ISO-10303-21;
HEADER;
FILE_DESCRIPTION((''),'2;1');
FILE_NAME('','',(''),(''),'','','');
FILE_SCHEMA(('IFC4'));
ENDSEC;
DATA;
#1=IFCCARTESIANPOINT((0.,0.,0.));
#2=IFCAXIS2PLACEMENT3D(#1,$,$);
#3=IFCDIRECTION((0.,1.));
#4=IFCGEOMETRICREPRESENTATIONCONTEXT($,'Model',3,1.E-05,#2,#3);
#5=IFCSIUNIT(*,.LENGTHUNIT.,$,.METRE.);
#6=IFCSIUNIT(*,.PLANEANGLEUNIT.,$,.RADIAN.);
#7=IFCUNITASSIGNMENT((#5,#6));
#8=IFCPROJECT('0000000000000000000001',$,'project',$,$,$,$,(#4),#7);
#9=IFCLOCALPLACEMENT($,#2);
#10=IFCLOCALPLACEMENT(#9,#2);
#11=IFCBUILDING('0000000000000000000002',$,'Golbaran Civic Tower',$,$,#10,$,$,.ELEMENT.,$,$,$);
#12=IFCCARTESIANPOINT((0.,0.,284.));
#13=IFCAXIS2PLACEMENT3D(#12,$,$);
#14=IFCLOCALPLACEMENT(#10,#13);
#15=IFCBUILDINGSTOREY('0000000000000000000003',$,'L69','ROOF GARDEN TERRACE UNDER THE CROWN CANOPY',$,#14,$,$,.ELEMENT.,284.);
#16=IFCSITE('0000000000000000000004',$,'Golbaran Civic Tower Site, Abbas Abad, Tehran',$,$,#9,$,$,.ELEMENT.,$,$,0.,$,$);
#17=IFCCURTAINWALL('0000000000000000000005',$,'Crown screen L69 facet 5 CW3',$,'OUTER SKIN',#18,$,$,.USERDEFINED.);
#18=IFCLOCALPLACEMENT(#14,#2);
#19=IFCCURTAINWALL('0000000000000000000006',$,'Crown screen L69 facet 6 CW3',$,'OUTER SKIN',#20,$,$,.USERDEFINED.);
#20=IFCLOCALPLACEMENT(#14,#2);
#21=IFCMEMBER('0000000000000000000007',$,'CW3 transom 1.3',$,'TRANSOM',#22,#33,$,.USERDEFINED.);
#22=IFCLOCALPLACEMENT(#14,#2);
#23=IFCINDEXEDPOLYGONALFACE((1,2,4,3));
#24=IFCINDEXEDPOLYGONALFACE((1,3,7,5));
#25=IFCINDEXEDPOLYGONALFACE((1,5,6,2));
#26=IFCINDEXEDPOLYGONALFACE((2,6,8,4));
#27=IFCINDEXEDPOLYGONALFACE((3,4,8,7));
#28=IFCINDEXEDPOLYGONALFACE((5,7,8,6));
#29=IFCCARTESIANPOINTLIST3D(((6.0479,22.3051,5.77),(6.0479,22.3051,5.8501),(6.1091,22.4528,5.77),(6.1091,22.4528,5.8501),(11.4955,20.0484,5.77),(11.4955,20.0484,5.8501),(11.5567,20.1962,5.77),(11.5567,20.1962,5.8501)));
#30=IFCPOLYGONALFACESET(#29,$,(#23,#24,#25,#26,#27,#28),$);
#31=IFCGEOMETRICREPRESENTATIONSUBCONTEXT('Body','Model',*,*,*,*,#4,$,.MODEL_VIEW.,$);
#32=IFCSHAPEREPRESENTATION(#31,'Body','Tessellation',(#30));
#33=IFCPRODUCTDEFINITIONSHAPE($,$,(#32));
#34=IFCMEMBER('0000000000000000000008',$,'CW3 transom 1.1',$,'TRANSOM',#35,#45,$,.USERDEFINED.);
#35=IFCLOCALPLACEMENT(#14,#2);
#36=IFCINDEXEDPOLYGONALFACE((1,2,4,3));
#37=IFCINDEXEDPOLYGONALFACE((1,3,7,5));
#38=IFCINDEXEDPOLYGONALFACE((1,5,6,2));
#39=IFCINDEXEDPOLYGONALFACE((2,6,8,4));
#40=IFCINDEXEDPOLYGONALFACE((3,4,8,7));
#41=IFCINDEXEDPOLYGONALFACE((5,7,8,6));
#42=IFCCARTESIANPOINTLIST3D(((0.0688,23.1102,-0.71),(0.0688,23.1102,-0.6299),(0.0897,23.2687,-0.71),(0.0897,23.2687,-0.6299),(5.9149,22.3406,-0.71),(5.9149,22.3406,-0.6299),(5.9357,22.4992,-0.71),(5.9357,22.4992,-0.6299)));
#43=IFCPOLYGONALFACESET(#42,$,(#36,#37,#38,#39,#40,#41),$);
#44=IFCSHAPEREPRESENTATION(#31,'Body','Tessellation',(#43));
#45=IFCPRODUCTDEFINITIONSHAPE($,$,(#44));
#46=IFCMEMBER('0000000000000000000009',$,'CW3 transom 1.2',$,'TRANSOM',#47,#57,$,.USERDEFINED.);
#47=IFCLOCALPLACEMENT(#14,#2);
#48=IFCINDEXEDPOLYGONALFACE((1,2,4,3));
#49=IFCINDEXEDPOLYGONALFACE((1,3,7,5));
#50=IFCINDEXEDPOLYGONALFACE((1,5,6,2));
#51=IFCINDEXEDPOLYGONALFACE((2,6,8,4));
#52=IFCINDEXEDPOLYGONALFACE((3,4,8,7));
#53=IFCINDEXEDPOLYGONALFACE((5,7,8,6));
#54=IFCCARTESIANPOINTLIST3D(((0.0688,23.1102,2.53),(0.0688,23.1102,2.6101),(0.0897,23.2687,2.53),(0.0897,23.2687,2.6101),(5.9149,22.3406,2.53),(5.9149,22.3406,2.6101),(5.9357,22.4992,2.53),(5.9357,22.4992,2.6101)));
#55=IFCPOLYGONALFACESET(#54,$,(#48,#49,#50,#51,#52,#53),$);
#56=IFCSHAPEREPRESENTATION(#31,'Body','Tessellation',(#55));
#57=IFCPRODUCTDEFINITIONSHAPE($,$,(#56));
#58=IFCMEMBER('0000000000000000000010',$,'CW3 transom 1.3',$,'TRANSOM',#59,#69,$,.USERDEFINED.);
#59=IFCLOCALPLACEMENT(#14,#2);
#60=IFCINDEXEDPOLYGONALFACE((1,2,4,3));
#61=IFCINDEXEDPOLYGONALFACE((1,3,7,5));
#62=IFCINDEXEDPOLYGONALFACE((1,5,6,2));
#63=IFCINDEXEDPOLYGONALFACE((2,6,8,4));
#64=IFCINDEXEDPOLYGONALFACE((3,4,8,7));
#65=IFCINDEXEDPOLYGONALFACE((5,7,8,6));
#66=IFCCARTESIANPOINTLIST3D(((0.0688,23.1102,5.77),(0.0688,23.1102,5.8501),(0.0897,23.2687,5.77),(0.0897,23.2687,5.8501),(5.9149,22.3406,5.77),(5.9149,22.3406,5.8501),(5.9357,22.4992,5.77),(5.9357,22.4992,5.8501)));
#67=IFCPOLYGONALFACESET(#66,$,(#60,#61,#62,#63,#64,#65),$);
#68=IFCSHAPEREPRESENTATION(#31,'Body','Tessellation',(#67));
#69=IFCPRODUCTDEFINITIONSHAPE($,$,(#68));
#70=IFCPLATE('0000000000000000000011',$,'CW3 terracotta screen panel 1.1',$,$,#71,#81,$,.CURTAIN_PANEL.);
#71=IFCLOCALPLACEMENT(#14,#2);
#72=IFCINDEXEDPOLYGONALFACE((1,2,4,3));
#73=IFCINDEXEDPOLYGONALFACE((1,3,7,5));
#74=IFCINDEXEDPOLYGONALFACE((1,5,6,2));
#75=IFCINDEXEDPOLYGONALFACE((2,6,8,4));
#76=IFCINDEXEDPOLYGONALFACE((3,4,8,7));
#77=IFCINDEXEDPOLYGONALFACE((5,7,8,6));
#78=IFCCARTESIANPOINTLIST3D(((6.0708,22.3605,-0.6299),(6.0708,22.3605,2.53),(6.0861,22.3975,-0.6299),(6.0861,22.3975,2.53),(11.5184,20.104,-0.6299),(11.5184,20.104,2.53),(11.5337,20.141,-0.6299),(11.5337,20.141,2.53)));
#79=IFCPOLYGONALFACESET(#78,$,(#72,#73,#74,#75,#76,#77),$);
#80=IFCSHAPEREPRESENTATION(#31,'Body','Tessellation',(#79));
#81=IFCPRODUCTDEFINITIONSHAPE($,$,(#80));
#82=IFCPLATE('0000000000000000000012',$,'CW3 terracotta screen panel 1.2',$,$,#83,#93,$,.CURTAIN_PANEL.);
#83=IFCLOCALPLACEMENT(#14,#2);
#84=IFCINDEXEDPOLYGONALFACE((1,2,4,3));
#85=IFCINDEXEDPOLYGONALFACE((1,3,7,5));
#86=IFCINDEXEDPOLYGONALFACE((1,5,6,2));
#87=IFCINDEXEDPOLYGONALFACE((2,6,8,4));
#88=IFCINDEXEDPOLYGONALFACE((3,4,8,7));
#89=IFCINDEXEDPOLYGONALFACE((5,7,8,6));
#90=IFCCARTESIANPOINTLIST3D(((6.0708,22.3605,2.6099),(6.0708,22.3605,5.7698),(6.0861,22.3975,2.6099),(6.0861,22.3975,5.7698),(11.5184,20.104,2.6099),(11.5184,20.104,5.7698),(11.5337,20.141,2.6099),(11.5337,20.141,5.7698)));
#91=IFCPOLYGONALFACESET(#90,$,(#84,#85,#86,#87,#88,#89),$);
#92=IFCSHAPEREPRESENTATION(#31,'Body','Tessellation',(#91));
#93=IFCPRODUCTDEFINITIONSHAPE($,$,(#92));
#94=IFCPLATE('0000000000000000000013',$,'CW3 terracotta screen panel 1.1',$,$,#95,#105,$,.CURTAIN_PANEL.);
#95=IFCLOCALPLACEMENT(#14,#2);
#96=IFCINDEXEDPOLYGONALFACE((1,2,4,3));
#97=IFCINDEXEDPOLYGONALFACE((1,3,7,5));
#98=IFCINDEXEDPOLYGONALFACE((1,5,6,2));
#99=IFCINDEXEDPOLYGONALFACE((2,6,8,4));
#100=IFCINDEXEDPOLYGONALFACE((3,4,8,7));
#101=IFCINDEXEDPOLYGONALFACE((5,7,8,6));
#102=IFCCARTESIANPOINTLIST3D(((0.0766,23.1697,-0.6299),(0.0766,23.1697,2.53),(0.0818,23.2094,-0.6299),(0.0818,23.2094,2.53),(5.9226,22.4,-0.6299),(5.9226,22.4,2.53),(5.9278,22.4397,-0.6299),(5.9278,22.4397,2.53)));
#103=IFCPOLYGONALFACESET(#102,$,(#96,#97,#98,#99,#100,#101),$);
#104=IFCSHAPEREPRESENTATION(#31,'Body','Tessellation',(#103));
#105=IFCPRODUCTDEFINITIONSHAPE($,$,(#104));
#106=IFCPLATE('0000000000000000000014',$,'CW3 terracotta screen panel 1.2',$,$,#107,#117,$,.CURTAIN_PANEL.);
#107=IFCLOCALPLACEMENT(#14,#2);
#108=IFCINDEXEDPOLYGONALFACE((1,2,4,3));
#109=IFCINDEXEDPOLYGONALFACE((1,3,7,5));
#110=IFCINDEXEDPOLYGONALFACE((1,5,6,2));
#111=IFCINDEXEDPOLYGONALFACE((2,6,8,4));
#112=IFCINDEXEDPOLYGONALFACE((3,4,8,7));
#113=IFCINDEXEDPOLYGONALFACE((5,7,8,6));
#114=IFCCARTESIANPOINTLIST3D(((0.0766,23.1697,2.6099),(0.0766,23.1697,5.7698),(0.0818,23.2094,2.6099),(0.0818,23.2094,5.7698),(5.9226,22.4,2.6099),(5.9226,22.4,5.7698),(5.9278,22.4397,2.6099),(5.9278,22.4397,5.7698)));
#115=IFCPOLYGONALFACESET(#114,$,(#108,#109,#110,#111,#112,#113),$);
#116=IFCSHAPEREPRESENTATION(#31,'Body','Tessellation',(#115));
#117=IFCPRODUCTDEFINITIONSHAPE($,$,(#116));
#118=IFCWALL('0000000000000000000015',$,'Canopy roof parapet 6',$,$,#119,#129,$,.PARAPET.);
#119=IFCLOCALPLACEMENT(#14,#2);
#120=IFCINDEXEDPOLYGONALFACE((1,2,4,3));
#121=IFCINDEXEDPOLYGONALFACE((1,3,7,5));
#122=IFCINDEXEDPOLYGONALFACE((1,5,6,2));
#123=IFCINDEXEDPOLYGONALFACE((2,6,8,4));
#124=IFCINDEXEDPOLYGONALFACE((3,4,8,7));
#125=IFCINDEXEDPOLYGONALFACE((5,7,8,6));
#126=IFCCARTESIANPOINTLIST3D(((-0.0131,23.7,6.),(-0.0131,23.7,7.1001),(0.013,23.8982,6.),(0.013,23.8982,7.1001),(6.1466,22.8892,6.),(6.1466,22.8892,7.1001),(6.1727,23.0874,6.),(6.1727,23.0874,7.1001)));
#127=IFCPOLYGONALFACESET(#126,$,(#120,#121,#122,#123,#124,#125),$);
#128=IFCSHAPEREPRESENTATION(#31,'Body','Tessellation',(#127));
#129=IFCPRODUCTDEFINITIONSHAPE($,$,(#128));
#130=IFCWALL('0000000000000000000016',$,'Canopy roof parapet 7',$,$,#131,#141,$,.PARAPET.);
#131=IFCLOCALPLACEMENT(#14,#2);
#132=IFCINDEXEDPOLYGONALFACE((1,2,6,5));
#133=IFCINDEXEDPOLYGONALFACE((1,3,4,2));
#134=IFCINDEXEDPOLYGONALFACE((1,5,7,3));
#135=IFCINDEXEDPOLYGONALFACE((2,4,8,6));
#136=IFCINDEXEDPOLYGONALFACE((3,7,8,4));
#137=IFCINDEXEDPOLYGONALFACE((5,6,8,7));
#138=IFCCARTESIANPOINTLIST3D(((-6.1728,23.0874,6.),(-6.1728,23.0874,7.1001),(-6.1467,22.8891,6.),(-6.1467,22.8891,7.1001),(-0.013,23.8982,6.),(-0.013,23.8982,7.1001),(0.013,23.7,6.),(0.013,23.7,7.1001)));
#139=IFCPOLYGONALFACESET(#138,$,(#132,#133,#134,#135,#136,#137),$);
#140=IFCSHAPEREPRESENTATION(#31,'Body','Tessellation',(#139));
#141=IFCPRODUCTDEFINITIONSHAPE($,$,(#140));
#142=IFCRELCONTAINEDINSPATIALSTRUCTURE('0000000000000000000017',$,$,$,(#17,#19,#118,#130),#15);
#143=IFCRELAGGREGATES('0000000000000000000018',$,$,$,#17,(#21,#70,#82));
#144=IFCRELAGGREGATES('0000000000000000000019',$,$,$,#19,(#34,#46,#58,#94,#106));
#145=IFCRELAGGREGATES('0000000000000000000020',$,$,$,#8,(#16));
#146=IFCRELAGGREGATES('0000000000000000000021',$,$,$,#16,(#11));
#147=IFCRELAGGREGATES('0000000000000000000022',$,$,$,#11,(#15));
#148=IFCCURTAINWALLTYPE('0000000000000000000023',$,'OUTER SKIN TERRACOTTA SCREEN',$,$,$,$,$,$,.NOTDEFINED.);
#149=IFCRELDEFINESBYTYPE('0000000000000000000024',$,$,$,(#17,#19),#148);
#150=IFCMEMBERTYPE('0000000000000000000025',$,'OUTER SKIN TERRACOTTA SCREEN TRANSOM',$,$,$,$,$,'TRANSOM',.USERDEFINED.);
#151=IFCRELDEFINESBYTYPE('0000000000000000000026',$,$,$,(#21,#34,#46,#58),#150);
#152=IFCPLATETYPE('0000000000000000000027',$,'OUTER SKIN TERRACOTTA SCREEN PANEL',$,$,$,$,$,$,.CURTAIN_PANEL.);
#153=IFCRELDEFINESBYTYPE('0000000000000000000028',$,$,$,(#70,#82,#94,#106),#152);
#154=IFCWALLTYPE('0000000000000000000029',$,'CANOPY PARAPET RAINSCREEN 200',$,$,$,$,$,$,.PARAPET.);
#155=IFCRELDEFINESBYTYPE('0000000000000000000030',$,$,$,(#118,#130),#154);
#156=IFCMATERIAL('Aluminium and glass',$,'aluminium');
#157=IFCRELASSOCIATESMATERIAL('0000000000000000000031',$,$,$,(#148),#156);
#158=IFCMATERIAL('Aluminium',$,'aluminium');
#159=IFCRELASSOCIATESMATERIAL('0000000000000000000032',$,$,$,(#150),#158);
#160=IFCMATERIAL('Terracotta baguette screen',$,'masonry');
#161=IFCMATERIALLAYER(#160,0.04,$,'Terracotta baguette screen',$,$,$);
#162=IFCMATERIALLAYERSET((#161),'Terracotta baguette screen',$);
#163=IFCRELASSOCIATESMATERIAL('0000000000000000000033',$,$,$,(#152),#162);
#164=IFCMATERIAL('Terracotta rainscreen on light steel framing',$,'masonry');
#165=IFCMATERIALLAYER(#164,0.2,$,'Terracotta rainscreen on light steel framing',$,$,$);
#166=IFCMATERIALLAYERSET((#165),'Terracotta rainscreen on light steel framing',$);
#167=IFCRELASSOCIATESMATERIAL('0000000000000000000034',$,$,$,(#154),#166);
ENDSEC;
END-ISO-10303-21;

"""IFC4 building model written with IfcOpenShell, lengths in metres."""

from ifc_helpers import new_model, si_unit, direction, frame, frame_2d, origin, origin_2d, place, context, subcontext, project, spatial, rectangle, extrude, material, layer, layer_set, material_profile, profile_set, type_object, element, aggregate, save


model = new_model("IFC4")

# Units and contexts
model_context = context("Model", 3, precision=1e-05, world=origin(), true_north=direction((0.0, 1.0)))
body_context = subcontext(model_context, "Body", "Model", "MODEL_VIEW")
ifc_project = project(units=[si_unit("LENGTHUNIT", "METRE"), si_unit("PLANEANGLEUNIT", "RADIAN")], contexts=[model_context])

# Site, building, storey
site_placement = place(None, origin())
site = spatial("IfcSite", under=ifc_project, at=site_placement, Name="Golbaran Civic Tower Site, Abbas Abad, Tehran", CompositionType="ELEMENT", RefElevation=0.0)
building_placement = place(site_placement, origin())
building = spatial("IfcBuilding", under=site, at=building_placement, Name="Golbaran Civic Tower", CompositionType="ELEMENT")
storey_placement = place(building_placement, frame((0.0, 0.0, 284.0)))
storey = spatial("IfcBuildingStorey", under=building, at=storey_placement, Name="L69", Description="ROOF GARDEN TERRACE UNDER THE CROWN CANOPY", CompositionType="ELEMENT", Elevation=284.0)

# Curtain walls
ifc_material_1 = material(Name="Aluminium and glass", Category="aluminium")
curtain_wall_type = type_object("IfcCurtainWallType", Name="OUTER SKIN TERRACOTTA SCREEN", PredefinedType="NOTDEFINED", material=ifc_material_1)
curtain_wall_1_placement = place(storey_placement, origin())
curtain_wall_1 = element("IfcCurtainWall", 1, at=curtain_wall_1_placement, inside=storey, type_object=curtain_wall_type, Name="Crown screen L69 facet 5 CW3", ObjectType="OUTER SKIN", PredefinedType="USERDEFINED")
ifc_material_2 = material(Name="Aluminium", Category="aluminium")
curtain_wall_2_placement = place(storey_placement, origin())
curtain_wall_2 = element("IfcCurtainWall", 2, at=curtain_wall_2_placement, inside=storey, type_object=curtain_wall_type, Name="Crown screen L69 facet 6 CW3", ObjectType="OUTER SKIN", PredefinedType="USERDEFINED")

# Members
ifc_material_profile_1 = material_profile(ifc_material_2, rectangle(XDim=0.1599, YDim=0.0801, at=origin_2d()), Name="OUTER SKIN TERRACOTTA SCREEN TRANSOM")
ifc_profile_set_1 = profile_set([ifc_material_profile_1], Name="Aluminium")
member_type_1 = type_object("IfcMemberType", Name="OUTER SKIN TERRACOTTA SCREEN TRANSOM", ElementType="TRANSOM", PredefinedType="USERDEFINED", material=ifc_profile_set_1)
member_1_placement = place(storey_placement, frame((11.5261, 20.1223, 5.8101), z_axis=(-0.92387, 0.382707, 0.0), x_axis=(-0.382707, -0.92387, 0.0)))
member_1 = element("IfcMember", 3, at=member_1_placement, type_object=member_type_1, Name="CW3 transom 1.3", ObjectType="TRANSOM", PredefinedType="USERDEFINED", context=body_context, shape_type="SweptSolid", body=[
    extrude(rectangle(XDim=0.1599, YDim=0.0801, at=origin_2d()), origin(), (0.0, 0.0, 1.0), 5.8965),
])
member_2_placement = place(storey_placement, frame((5.9253, 22.4199, -0.6699), z_axis=(-0.991447, 0.130509, 0.0), x_axis=(-0.130509, -0.991447, 0.0)))
member_2 = element("IfcMember", 4, at=member_2_placement, type_object=member_type_1, Name="CW3 transom 1.1", ObjectType="TRANSOM", PredefinedType="USERDEFINED", context=body_context, shape_type="SweptSolid", body=[
    extrude(rectangle(XDim=0.1599, YDim=0.0801, at=origin_2d()), origin(), (0.0, 0.0, 1.0), 5.8965),
])
member_3_placement = place(storey_placement, frame((5.9253, 22.4199, 2.5701), z_axis=(-0.991447, 0.130509, 0.0), x_axis=(-0.130509, -0.991447, 0.0)))
member_3 = element("IfcMember", 5, at=member_3_placement, type_object=member_type_1, Name="CW3 transom 1.2", ObjectType="TRANSOM", PredefinedType="USERDEFINED", context=body_context, shape_type="SweptSolid", body=[
    extrude(rectangle(XDim=0.1599, YDim=0.0801, at=origin_2d()), origin(), (0.0, 0.0, 1.0), 5.8965),
])
member_4_placement = place(storey_placement, frame((5.9253, 22.4199, 5.8101), z_axis=(-0.991447, 0.130509, 0.0), x_axis=(-0.130509, -0.991447, 0.0)))
member_4 = element("IfcMember", 6, at=member_4_placement, type_object=member_type_1, Name="CW3 transom 1.3", ObjectType="TRANSOM", PredefinedType="USERDEFINED", context=body_context, shape_type="SweptSolid", body=[
    extrude(rectangle(XDim=0.1599, YDim=0.0801, at=origin_2d()), origin(), (0.0, 0.0, 1.0), 5.8965),
])

# Plates
ifc_material_3 = material(Name="Terracotta baguette screen", Category="masonry")
ifc_layer_1 = layer(ifc_material_3, 0.04, Name="Terracotta baguette screen")
ifc_layer_set_1 = layer_set([ifc_layer_1], Name="Terracotta baguette screen")
plate_type = type_object("IfcPlateType", Name="OUTER SKIN TERRACOTTA SCREEN PANEL", PredefinedType="CURTAIN_PANEL", material=ifc_layer_set_1)
plate_1_placement = place(storey_placement, frame((8.8022, 21.2507, -0.6299), z_axis=(0.0, 0.0, 1.0), x_axis=(-0.92388, 0.382683, 0.0)))
plate_1 = element("IfcPlate", 7, at=plate_1_placement, type_object=plate_type, Name="CW3 terracotta screen panel 1.1", PredefinedType="CURTAIN_PANEL", context=body_context, shape_type="SweptSolid", body=[
    extrude(rectangle(XDim=5.8965, YDim=0.04, at=origin_2d()), origin(), (0.0, 0.0, 1.0), 3.1599),
])
plate_2_placement = place(storey_placement, frame((8.8022, 21.2507, 2.6099), z_axis=(0.0, 0.0, 1.0), x_axis=(-0.92388, 0.382683, 0.0)))
plate_2 = element("IfcPlate", 8, at=plate_2_placement, type_object=plate_type, Name="CW3 terracotta screen panel 1.2", PredefinedType="CURTAIN_PANEL", context=body_context, shape_type="SweptSolid", body=[
    extrude(rectangle(XDim=5.8965, YDim=0.04, at=origin_2d()), origin(), (0.0, 0.0, 1.0), 3.1599),
])
aggregate(curtain_wall_1, [member_1, plate_1, plate_2])
plate_3_placement = place(storey_placement, frame((3.0022, 22.8047, -0.6299), z_axis=(0.0, 0.0, 1.0), x_axis=(-0.991445, 0.130526, 0.0)))
plate_3 = element("IfcPlate", 9, at=plate_3_placement, type_object=plate_type, Name="CW3 terracotta screen panel 1.1", PredefinedType="CURTAIN_PANEL", context=body_context, shape_type="SweptSolid", body=[
    extrude(rectangle(XDim=5.8965, YDim=0.04, at=origin_2d()), origin(), (0.0, 0.0, 1.0), 3.1599),
])
plate_4_placement = place(storey_placement, frame((3.0022, 22.8047, 2.6099), z_axis=(0.0, 0.0, 1.0), x_axis=(-0.991445, 0.130526, 0.0)))
plate_4 = element("IfcPlate", 10, at=plate_4_placement, type_object=plate_type, Name="CW3 terracotta screen panel 1.2", PredefinedType="CURTAIN_PANEL", context=body_context, shape_type="SweptSolid", body=[
    extrude(rectangle(XDim=5.8965, YDim=0.04, at=origin_2d()), origin(), (0.0, 0.0, 1.0), 3.1599),
])
aggregate(curtain_wall_2, [member_2, member_3, member_4, plate_3, plate_4])

# Walls
ifc_material_4 = material(Name="Terracotta rainscreen on light steel framing", Category="masonry")
ifc_layer_2 = layer(ifc_material_4, 0.2, Name="Terracotta rainscreen on light steel framing")
ifc_layer_set_2 = layer_set([ifc_layer_2], Name="Terracotta rainscreen on light steel framing")
wall_type = type_object("IfcWallType", Name="CANOPY PARAPET RAINSCREEN 200", PredefinedType="PARAPET", material=ifc_layer_set_2)
for number, where, z_axis, x_axis, name in (
    (11, (6.1597, 22.9883, 6.0), (0.0, 0.0, 1.0), (-0.991448, 0.130503, 0.0), "Canopy roof parapet 6"),
    (12, (0.0, 23.7991, 6.0), (0.0, 0.0, 1.0), (-0.991448, -0.130503, 0.0), "Canopy roof parapet 7"),
):
    element("IfcWall", number, at=place(storey_placement, frame(where, z_axis=z_axis, x_axis=x_axis)), inside=storey, type_object=wall_type, Name=name, PredefinedType="PARAPET", context=body_context, shape_type="SweptSolid", body=[
        extrude(rectangle(XDim=6.2129, YDim=0.2, at=frame_2d((3.1064, 0.0))), origin(), (0.0, 0.0, 1.0), 1.1001),
    ])

save(model, "model.ifc")
